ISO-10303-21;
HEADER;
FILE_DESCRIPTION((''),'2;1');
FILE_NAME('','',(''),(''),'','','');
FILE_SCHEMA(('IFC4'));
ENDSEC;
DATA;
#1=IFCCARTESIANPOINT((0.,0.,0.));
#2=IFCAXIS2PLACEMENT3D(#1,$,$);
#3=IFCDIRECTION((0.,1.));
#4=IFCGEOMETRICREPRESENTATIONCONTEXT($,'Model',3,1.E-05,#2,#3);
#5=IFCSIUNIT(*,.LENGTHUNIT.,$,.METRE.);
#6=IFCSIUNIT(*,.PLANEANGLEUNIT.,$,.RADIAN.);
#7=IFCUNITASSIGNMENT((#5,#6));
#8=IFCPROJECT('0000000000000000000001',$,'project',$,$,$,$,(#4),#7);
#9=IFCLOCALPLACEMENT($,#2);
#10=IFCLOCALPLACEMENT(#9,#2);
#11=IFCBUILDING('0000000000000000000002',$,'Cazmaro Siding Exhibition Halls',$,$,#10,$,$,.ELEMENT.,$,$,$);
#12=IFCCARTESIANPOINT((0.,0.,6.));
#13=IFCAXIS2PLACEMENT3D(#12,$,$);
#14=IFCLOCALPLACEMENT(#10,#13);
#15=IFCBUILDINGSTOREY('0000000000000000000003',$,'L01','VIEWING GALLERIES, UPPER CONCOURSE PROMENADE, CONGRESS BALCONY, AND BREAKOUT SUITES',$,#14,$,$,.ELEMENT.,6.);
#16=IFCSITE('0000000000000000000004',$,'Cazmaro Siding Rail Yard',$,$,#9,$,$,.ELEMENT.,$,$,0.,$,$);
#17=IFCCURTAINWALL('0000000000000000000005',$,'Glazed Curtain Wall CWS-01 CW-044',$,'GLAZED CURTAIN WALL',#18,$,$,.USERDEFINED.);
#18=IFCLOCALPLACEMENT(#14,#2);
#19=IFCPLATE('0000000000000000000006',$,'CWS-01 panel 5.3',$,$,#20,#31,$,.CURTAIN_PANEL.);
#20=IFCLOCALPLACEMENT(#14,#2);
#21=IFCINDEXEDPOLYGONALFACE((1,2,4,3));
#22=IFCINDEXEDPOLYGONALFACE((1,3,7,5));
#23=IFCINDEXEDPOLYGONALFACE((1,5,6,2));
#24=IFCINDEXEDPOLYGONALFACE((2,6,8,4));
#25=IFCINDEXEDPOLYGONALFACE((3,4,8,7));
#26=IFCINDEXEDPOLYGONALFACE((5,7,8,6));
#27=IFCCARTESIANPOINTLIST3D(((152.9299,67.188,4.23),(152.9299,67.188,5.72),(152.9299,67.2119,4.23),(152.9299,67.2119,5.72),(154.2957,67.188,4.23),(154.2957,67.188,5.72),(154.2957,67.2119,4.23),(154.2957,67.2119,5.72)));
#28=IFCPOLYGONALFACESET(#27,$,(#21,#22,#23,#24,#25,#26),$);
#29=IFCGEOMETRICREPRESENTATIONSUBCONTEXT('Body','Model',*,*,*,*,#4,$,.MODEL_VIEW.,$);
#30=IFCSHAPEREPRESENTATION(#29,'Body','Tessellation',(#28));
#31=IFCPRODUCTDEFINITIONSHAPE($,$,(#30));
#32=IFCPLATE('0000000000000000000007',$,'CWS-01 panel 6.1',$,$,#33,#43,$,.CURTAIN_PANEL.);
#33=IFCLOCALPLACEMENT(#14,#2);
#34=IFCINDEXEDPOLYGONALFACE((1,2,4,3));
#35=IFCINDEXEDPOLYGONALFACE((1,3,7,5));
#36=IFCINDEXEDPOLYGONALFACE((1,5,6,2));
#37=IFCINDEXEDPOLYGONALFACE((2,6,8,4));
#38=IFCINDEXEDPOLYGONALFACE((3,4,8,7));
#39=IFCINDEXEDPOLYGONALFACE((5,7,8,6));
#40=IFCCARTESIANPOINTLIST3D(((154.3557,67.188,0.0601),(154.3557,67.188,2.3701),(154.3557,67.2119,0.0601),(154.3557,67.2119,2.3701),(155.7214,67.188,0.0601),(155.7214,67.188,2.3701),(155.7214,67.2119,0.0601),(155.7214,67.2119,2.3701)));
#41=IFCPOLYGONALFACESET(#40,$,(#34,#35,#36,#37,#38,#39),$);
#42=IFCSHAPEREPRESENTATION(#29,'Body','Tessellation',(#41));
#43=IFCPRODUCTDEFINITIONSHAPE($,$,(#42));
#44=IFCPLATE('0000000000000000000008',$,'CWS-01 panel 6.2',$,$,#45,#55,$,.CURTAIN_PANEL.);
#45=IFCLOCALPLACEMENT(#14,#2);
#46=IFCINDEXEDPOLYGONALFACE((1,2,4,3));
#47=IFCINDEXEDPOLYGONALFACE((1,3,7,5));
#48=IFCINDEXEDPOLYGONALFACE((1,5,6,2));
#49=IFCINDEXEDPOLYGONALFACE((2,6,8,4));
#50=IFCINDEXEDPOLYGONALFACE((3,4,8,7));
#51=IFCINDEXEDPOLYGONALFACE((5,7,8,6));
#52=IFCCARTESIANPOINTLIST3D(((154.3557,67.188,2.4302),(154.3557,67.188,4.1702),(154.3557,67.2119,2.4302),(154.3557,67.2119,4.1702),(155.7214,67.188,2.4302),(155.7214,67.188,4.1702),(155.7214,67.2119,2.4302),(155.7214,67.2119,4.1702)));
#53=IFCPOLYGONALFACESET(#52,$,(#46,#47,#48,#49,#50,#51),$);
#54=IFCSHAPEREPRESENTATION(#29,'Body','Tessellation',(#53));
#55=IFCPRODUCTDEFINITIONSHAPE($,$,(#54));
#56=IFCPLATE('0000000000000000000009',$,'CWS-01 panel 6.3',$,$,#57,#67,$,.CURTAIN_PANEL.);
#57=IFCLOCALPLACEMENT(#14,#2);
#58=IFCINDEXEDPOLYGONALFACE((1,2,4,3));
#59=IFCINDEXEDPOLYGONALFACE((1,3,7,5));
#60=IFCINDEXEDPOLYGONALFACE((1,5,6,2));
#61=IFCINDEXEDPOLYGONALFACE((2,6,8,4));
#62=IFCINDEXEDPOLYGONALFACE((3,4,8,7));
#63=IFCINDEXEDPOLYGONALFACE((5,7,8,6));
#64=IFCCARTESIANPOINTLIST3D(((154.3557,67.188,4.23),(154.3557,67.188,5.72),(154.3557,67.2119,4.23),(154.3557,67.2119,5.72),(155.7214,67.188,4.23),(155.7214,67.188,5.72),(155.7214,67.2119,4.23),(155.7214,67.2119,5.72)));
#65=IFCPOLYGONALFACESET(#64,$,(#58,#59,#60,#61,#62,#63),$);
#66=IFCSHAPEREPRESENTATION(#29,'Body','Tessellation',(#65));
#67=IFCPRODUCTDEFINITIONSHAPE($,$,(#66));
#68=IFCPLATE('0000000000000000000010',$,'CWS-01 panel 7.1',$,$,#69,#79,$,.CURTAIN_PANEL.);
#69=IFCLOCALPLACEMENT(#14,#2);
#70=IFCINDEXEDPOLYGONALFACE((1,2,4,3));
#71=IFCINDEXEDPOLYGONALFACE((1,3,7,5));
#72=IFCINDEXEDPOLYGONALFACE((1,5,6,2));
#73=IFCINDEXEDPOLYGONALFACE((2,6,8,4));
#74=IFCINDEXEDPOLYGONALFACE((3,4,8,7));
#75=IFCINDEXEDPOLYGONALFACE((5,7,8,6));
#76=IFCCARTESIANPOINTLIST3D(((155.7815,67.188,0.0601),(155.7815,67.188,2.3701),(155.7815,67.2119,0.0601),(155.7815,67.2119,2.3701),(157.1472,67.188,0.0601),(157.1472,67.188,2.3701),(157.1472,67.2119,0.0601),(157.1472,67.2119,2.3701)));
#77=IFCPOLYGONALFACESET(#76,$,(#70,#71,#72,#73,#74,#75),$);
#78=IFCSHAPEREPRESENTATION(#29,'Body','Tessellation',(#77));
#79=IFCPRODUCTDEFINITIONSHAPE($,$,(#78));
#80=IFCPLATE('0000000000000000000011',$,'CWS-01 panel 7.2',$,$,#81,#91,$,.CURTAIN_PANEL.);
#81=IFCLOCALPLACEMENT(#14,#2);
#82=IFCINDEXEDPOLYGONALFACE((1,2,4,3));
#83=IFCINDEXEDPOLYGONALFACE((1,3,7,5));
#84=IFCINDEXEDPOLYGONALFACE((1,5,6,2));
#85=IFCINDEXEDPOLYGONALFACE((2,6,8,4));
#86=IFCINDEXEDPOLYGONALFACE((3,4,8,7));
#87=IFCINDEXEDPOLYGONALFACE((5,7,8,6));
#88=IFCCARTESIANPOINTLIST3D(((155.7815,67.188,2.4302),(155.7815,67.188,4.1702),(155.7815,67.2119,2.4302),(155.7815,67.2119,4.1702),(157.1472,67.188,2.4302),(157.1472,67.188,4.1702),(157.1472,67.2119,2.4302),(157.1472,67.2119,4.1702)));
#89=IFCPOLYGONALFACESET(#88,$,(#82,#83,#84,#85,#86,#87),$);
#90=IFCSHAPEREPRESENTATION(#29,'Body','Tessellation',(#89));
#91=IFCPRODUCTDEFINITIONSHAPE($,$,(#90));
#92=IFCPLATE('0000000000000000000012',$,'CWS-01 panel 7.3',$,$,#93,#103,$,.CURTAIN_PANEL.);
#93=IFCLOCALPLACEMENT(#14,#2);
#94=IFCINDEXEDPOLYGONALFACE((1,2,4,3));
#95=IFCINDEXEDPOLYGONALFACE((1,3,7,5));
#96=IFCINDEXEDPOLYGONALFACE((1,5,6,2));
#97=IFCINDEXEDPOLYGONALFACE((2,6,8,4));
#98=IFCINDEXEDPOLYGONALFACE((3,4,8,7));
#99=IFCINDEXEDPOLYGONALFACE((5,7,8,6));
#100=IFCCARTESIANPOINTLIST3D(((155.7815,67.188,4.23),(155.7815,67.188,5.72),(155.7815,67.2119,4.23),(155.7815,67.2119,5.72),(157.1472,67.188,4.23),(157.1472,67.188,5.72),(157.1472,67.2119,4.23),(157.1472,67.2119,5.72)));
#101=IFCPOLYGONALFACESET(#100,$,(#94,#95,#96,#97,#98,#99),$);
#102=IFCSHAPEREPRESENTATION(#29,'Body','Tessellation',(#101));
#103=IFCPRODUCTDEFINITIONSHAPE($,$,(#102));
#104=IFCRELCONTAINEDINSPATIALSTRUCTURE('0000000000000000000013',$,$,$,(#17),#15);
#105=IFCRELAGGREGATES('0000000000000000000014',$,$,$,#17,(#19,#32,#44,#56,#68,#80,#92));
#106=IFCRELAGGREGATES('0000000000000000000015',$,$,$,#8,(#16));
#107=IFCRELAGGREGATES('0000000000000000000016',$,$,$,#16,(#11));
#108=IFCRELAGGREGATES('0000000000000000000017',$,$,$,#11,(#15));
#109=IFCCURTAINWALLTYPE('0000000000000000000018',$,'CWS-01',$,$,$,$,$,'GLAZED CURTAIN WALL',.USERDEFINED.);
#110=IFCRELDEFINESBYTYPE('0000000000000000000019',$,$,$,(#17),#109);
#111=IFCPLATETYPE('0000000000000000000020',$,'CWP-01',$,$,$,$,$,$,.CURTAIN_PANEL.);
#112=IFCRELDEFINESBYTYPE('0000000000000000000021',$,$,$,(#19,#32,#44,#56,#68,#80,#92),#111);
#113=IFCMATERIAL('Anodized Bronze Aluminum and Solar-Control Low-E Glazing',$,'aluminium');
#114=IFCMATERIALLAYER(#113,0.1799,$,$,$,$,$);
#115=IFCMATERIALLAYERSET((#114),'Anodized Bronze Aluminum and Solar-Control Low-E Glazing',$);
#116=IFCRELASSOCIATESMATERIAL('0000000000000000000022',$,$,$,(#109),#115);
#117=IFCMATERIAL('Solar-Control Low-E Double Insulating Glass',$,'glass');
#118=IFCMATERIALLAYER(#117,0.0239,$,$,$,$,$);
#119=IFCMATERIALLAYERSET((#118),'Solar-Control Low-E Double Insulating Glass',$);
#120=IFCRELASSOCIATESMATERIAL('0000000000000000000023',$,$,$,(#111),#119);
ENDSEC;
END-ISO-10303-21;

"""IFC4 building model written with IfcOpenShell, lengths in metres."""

from ifc_helpers import new_model, si_unit, direction, frame, origin, origin_2d, place, context, subcontext, project, spatial, rectangle, extrude, material, layer, layer_set, type_object, element, aggregate, save


model = new_model("IFC4")

# Units and contexts
model_context = context("Model", 3, precision=1e-05, world=origin(), true_north=direction((0.0, 1.0)))
body_context = subcontext(model_context, "Body", "Model", "MODEL_VIEW")
ifc_project = project(units=[si_unit("LENGTHUNIT", "METRE"), si_unit("PLANEANGLEUNIT", "RADIAN")], contexts=[model_context])

# Site, building, storey
site_placement = place(None, origin())
site = spatial("IfcSite", under=ifc_project, at=site_placement, Name="Cazmaro Siding Rail Yard", CompositionType="ELEMENT", RefElevation=0.0)
building_placement = place(site_placement, origin())
building = spatial("IfcBuilding", under=site, at=building_placement, Name="Cazmaro Siding Exhibition Halls", CompositionType="ELEMENT")
storey_placement = place(building_placement, frame((0.0, 0.0, 6.0)))
storey = spatial("IfcBuildingStorey", under=building, at=storey_placement, Name="L01", Description="VIEWING GALLERIES, UPPER CONCOURSE PROMENADE, CONGRESS BALCONY, AND BREAKOUT SUITES", CompositionType="ELEMENT", Elevation=6.0)

# Curtain wall, plates
ifc_material_1 = material(Name="Anodized Bronze Aluminum and Solar-Control Low-E Glazing", Category="aluminium")
ifc_layer_1 = layer(ifc_material_1, 0.1799)
ifc_layer_set_1 = layer_set([ifc_layer_1], Name="Anodized Bronze Aluminum and Solar-Control Low-E Glazing")
curtain_wall_type = type_object("IfcCurtainWallType", Name="CWS-01", ElementType="GLAZED CURTAIN WALL", PredefinedType="USERDEFINED", material=ifc_layer_set_1)
curtain_wall_placement = place(storey_placement, origin())
curtain_wall = element("IfcCurtainWall", 1, at=curtain_wall_placement, inside=storey, type_object=curtain_wall_type, Name="Glazed Curtain Wall CWS-01 CW-044", ObjectType="GLAZED CURTAIN WALL", PredefinedType="USERDEFINED")
ifc_material_2 = material(Name="Solar-Control Low-E Double Insulating Glass", Category="glass")
ifc_layer_2 = layer(ifc_material_2, 0.0239)
ifc_layer_set_2 = layer_set([ifc_layer_2], Name="Solar-Control Low-E Double Insulating Glass")
plate_type = type_object("IfcPlateType", Name="CWP-01", PredefinedType="CURTAIN_PANEL", material=ifc_layer_set_2)
plate_1_placement = place(storey_placement, frame((153.6128, 67.2, 4.23), z_axis=(0.0, 0.0, 1.0), x_axis=(1.0, 0.0, 0.0)))
plate_1 = element("IfcPlate", 2, at=plate_1_placement, type_object=plate_type, Name="CWS-01 panel 5.3", PredefinedType="CURTAIN_PANEL", context=body_context, shape_type="SweptSolid", body=[
    extrude(rectangle(XDim=1.3657, YDim=0.0239, at=origin_2d()), origin(), (0.0, 0.0, 1.0), 1.49),
])
plate_2_placement = place(storey_placement, frame((155.0386, 67.2, 0.0601), z_axis=(0.0, 0.0, 1.0), x_axis=(1.0, 0.0, 0.0)))
plate_2 = element("IfcPlate", 3, at=plate_2_placement, type_object=plate_type, Name="CWS-01 panel 6.1", PredefinedType="CURTAIN_PANEL", context=body_context, shape_type="SweptSolid", body=[
    extrude(rectangle(XDim=1.3657, YDim=0.0239, at=origin_2d()), origin(), (0.0, 0.0, 1.0), 2.3101),
])
plate_3_placement = place(storey_placement, frame((155.0386, 67.2, 2.4302), z_axis=(0.0, 0.0, 1.0), x_axis=(1.0, 0.0, 0.0)))
plate_3 = element("IfcPlate", 4, at=plate_3_placement, type_object=plate_type, Name="CWS-01 panel 6.2", PredefinedType="CURTAIN_PANEL", context=body_context, shape_type="SweptSolid", body=[
    extrude(rectangle(XDim=1.3657, YDim=0.0239, at=origin_2d()), origin(), (0.0, 0.0, 1.0), 1.74),
])
plate_4_placement = place(storey_placement, frame((155.0386, 67.2, 4.23), z_axis=(0.0, 0.0, 1.0), x_axis=(1.0, 0.0, 0.0)))
plate_4 = element("IfcPlate", 5, at=plate_4_placement, type_object=plate_type, Name="CWS-01 panel 6.3", PredefinedType="CURTAIN_PANEL", context=body_context, shape_type="SweptSolid", body=[
    extrude(rectangle(XDim=1.3657, YDim=0.0239, at=origin_2d()), origin(), (0.0, 0.0, 1.0), 1.49),
])
plate_5_placement = place(storey_placement, frame((156.4644, 67.2, 0.0601), z_axis=(0.0, 0.0, 1.0), x_axis=(1.0, 0.0, 0.0)))
plate_5 = element("IfcPlate", 6, at=plate_5_placement, type_object=plate_type, Name="CWS-01 panel 7.1", PredefinedType="CURTAIN_PANEL", context=body_context, shape_type="SweptSolid", body=[
    extrude(rectangle(XDim=1.3657, YDim=0.0239, at=origin_2d()), origin(), (0.0, 0.0, 1.0), 2.3101),
])
plate_6_placement = place(storey_placement, frame((156.4644, 67.2, 2.4302), z_axis=(0.0, 0.0, 1.0), x_axis=(1.0, 0.0, 0.0)))
plate_6 = element("IfcPlate", 7, at=plate_6_placement, type_object=plate_type, Name="CWS-01 panel 7.2", PredefinedType="CURTAIN_PANEL", context=body_context, shape_type="SweptSolid", body=[
    extrude(rectangle(XDim=1.3657, YDim=0.0239, at=origin_2d()), origin(), (0.0, 0.0, 1.0), 1.74),
])
plate_7_placement = place(storey_placement, frame((156.4644, 67.2, 4.23), z_axis=(0.0, 0.0, 1.0), x_axis=(1.0, 0.0, 0.0)))
plate_7 = element("IfcPlate", 8, at=plate_7_placement, type_object=plate_type, Name="CWS-01 panel 7.3", PredefinedType="CURTAIN_PANEL", context=body_context, shape_type="SweptSolid", body=[
    extrude(rectangle(XDim=1.3657, YDim=0.0239, at=origin_2d()), origin(), (0.0, 0.0, 1.0), 1.49),
])
aggregate(curtain_wall, [plate_1, plate_2, plate_3, plate_4, plate_5, plate_6, plate_7])

save(model, "model.ifc")
